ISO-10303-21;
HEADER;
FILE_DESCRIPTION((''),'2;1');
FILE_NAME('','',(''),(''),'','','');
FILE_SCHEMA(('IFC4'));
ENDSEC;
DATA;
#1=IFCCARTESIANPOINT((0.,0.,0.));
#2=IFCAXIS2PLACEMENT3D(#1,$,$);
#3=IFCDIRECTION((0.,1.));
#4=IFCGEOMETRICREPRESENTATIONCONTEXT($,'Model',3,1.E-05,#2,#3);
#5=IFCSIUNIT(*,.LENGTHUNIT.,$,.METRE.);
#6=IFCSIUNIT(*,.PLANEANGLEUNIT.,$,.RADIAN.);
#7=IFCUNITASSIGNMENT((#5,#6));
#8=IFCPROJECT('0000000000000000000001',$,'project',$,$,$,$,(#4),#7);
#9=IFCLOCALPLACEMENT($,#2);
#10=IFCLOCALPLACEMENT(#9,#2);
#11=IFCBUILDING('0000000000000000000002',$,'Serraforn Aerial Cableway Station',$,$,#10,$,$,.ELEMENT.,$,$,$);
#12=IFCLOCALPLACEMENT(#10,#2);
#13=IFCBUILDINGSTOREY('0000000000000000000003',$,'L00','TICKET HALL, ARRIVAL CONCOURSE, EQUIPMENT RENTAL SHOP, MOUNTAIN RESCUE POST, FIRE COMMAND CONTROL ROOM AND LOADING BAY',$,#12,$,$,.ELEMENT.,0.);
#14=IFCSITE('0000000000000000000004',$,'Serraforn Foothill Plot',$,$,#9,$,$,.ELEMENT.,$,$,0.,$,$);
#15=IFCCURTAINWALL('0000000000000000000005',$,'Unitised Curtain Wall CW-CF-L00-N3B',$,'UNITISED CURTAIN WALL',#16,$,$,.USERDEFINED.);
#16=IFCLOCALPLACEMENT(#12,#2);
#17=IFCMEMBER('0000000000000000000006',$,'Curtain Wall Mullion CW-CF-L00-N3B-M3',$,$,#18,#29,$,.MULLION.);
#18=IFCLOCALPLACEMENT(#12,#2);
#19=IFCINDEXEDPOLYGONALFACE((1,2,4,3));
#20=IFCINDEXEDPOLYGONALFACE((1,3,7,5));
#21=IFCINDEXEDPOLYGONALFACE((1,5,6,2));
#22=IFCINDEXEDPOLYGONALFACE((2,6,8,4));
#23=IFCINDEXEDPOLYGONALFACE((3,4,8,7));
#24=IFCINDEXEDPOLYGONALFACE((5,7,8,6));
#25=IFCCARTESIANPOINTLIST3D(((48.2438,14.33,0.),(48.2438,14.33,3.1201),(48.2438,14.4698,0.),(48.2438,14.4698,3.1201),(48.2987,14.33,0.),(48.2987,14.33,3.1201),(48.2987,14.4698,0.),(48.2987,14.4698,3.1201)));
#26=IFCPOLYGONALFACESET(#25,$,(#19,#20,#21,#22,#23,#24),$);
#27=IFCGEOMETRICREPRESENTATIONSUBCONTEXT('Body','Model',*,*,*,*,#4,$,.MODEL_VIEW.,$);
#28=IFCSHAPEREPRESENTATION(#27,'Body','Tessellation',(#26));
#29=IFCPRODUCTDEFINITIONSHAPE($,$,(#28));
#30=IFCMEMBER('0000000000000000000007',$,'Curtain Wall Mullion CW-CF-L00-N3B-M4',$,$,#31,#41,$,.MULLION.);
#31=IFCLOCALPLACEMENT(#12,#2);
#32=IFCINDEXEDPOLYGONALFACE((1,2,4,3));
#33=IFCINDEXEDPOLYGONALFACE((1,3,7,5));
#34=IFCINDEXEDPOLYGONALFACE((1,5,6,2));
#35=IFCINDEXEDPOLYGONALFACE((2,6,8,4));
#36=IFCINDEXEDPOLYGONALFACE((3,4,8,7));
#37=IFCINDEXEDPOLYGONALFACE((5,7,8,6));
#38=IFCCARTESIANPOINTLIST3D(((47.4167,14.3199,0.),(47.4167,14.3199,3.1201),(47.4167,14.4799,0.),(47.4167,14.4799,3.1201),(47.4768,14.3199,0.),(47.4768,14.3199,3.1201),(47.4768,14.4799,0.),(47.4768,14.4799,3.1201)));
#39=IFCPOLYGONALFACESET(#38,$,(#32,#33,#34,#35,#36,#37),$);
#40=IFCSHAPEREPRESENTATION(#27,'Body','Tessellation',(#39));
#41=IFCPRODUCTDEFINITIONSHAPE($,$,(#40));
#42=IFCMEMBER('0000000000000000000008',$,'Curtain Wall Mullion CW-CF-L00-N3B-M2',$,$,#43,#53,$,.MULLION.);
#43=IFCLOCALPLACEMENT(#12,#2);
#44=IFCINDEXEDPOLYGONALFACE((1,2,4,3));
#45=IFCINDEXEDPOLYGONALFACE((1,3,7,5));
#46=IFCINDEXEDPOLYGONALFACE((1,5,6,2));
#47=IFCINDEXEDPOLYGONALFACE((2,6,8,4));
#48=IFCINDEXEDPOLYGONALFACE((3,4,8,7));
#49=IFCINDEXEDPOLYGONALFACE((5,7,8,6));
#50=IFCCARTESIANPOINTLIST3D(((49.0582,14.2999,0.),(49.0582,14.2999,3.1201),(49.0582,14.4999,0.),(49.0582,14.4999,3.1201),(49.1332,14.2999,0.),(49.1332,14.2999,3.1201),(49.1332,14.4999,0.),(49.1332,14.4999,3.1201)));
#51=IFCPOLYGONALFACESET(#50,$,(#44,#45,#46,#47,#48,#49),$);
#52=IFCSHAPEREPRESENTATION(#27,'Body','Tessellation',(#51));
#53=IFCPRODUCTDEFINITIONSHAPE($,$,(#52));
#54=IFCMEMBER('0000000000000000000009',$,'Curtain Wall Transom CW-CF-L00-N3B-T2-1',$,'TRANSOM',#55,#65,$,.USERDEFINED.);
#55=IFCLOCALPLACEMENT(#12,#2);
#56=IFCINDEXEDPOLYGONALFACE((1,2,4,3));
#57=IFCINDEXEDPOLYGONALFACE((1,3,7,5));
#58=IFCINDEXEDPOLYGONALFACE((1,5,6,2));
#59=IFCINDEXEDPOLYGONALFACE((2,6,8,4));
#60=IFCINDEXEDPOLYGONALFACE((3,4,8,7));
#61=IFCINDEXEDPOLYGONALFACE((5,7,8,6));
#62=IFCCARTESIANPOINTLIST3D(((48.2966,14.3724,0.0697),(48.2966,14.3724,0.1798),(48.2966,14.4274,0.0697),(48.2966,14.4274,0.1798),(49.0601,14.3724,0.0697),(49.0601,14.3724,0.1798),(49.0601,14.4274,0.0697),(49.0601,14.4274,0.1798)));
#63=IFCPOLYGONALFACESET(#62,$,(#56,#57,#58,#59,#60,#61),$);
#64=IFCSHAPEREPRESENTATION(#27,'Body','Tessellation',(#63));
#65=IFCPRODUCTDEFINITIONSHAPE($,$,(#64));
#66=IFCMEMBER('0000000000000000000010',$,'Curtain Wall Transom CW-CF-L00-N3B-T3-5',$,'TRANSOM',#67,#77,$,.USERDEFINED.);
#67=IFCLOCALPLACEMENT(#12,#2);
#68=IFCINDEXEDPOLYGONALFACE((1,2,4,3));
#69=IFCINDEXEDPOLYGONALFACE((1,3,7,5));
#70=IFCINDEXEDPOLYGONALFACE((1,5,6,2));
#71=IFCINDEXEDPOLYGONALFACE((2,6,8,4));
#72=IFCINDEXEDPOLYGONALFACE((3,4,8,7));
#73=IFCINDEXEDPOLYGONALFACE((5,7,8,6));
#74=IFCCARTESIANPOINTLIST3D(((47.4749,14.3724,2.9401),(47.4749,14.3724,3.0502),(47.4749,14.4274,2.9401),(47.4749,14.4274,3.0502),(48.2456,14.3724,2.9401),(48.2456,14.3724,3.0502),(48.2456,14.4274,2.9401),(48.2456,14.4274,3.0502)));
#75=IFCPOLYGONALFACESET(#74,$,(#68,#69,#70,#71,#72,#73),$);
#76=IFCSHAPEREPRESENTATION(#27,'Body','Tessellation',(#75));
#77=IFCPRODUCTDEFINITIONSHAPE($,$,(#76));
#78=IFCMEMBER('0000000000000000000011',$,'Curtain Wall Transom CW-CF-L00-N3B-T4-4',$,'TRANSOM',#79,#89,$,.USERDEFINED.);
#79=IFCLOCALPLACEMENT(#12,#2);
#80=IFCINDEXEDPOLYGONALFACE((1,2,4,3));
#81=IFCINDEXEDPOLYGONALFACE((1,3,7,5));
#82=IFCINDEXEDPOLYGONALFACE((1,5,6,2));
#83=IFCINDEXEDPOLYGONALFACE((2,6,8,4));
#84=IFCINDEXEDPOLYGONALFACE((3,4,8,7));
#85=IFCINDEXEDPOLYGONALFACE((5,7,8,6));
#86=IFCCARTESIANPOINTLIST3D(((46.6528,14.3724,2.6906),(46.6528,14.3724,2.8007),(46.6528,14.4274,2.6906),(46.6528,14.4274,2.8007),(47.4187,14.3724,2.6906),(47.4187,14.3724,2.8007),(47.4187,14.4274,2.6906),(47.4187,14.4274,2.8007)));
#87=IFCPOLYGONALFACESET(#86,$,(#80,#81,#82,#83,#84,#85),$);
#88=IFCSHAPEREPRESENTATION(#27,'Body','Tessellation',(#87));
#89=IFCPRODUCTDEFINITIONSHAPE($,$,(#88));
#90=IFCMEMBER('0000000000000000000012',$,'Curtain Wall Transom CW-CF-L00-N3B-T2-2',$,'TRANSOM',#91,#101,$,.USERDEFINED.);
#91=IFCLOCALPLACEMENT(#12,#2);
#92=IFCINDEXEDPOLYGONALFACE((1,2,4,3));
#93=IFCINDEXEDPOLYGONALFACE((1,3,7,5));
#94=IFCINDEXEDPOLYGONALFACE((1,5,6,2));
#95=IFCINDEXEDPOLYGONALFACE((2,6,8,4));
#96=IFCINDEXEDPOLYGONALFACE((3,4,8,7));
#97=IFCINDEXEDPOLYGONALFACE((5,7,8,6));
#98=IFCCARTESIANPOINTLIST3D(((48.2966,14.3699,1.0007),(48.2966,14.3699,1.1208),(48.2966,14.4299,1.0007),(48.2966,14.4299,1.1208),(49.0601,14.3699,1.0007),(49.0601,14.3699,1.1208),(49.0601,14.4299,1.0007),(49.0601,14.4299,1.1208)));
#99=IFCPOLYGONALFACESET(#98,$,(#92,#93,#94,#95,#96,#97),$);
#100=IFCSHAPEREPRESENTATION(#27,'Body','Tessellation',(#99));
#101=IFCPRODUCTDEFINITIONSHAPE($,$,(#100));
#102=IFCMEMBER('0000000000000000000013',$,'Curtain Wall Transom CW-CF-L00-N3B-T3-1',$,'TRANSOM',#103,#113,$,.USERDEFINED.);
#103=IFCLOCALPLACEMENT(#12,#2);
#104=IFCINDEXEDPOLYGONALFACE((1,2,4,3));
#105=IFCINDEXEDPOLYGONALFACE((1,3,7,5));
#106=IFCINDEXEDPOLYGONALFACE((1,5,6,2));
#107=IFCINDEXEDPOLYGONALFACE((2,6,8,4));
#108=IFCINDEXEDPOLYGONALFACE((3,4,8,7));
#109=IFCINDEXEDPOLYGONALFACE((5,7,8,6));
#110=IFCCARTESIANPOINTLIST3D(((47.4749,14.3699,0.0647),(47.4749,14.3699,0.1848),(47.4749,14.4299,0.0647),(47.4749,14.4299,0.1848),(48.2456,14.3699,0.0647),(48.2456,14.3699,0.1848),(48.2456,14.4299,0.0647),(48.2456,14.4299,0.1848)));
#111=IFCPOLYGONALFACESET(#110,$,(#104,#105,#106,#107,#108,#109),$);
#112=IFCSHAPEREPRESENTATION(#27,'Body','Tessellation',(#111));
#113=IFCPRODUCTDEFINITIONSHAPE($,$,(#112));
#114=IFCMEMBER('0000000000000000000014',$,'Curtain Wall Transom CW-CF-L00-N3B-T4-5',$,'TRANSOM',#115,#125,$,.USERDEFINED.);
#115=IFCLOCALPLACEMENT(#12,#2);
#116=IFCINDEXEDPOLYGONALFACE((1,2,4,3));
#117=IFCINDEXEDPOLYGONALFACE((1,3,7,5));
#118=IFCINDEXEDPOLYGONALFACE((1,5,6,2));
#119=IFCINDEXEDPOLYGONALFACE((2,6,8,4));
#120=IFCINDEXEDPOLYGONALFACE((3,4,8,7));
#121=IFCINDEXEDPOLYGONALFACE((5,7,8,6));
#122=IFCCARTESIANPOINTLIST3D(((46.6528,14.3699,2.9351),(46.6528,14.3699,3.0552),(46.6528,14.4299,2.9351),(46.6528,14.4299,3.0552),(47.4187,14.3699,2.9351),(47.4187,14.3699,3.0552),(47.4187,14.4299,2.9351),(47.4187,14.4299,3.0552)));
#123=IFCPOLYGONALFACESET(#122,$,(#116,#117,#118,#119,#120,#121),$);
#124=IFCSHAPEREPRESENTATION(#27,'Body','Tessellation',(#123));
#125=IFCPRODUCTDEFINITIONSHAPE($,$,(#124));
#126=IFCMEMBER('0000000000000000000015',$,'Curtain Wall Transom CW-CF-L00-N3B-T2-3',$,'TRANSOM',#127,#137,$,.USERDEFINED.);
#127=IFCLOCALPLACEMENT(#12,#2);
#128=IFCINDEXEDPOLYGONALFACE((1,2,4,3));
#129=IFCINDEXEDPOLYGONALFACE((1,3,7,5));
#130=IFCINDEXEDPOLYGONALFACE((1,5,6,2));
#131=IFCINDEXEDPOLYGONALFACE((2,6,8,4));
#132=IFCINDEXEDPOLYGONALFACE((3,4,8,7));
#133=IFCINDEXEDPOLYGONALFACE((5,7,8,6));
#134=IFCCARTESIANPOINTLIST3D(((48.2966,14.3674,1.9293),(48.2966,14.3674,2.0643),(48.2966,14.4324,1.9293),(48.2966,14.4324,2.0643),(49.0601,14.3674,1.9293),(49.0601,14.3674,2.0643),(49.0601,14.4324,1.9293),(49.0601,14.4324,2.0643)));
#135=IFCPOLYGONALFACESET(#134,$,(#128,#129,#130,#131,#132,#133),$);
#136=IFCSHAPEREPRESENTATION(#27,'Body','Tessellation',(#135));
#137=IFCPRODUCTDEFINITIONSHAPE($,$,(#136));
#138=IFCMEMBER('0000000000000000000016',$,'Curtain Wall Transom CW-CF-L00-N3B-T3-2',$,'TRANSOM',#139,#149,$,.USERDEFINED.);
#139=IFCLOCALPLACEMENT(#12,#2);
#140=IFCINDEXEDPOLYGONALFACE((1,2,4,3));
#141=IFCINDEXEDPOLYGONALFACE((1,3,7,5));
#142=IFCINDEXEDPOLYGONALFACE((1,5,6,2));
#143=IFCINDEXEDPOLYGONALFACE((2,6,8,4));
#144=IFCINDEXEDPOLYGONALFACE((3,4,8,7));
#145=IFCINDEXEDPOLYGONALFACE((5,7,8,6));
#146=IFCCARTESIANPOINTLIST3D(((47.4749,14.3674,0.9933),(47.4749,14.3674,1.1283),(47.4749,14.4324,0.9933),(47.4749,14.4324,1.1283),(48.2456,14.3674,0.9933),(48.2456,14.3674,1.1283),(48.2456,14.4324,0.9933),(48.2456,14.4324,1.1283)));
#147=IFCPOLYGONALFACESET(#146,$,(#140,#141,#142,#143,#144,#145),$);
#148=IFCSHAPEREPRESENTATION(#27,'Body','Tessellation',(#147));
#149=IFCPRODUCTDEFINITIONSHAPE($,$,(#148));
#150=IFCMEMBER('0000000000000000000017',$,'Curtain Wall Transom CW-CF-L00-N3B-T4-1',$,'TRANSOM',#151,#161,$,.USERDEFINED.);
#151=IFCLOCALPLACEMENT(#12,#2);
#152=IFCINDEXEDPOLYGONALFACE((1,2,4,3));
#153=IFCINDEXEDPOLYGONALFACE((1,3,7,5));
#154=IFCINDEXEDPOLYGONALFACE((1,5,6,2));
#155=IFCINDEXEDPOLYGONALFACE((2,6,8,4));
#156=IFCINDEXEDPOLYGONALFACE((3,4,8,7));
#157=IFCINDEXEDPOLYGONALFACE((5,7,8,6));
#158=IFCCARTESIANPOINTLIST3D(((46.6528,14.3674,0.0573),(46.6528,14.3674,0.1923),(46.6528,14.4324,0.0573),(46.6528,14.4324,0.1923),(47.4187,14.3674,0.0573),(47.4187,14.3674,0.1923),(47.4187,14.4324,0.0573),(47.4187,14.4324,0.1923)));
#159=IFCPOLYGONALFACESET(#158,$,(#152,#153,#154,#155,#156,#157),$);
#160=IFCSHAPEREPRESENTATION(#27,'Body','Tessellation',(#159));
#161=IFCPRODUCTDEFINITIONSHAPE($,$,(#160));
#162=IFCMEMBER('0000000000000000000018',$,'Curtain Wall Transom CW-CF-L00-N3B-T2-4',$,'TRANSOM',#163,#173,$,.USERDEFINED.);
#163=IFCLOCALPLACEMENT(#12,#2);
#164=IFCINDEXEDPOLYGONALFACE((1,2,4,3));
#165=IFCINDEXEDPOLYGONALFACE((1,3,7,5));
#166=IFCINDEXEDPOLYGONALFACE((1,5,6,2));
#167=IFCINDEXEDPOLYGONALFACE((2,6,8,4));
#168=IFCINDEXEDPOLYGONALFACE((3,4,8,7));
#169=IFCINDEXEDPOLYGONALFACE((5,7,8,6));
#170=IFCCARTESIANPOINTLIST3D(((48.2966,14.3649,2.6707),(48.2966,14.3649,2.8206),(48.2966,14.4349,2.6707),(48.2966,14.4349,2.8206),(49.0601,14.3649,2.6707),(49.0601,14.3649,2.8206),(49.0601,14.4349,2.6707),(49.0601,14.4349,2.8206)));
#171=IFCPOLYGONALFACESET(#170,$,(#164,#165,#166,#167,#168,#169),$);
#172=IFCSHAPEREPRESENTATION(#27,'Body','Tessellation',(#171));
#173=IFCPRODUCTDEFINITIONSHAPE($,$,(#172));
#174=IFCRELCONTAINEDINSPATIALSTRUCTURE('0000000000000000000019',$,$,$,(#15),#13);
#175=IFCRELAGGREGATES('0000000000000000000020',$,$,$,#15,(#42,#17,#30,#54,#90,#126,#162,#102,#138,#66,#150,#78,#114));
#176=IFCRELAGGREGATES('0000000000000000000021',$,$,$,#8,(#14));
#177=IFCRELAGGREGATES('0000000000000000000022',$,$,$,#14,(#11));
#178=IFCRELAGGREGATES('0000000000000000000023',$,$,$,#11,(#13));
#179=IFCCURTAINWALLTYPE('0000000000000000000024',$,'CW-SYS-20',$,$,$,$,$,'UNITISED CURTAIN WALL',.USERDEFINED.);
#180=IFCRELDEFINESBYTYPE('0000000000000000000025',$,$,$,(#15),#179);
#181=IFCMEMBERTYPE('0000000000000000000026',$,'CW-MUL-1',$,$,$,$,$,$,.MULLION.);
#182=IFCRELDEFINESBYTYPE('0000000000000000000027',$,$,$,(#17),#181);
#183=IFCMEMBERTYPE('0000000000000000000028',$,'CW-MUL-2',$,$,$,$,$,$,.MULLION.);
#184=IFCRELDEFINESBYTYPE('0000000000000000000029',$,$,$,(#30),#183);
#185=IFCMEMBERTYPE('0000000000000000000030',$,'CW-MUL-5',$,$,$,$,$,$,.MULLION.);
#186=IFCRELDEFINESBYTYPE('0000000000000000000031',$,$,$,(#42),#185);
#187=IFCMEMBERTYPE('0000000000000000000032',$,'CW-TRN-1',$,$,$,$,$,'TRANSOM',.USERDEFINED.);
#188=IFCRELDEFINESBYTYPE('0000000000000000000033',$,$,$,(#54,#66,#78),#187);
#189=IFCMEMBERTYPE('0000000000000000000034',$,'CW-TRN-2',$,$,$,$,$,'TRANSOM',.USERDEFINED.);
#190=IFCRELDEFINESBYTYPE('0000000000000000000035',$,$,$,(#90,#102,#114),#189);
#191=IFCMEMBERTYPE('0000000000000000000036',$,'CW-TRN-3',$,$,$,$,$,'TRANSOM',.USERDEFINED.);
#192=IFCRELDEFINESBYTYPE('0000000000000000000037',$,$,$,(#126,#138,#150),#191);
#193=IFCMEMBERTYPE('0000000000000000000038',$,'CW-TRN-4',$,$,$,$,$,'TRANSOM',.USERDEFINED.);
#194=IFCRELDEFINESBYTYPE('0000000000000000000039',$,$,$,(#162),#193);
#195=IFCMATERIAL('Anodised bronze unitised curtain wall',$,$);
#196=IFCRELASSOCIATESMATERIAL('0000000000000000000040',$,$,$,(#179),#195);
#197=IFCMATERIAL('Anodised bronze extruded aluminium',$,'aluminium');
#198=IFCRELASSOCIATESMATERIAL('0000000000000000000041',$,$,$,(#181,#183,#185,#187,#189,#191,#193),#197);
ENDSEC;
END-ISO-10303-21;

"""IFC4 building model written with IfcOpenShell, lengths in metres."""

from ifc_helpers import new_model, si_unit, direction, frame, origin, origin_2d, place, context, subcontext, project, spatial, rectangle, extrude, material, material_profile, profile_set, type_object, element, aggregate, save


model = new_model("IFC4")

# Units and contexts
model_context = context("Model", 3, precision=1e-05, world=origin(), true_north=direction((0.0, 1.0)))
body_context = subcontext(model_context, "Body", "Model", "MODEL_VIEW")
ifc_project = project(units=[si_unit("LENGTHUNIT", "METRE"), si_unit("PLANEANGLEUNIT", "RADIAN")], contexts=[model_context])

# Site, building, storey
site_placement = place(None, origin())
site = spatial("IfcSite", under=ifc_project, at=site_placement, Name="Serraforn Foothill Plot", CompositionType="ELEMENT", RefElevation=0.0)
building_placement = place(site_placement, origin())
building = spatial("IfcBuilding", under=site, at=building_placement, Name="Serraforn Aerial Cableway Station", CompositionType="ELEMENT")
storey_placement = place(building_placement, origin())
storey = spatial("IfcBuildingStorey", under=building, at=storey_placement, Name="L00", Description="TICKET HALL, ARRIVAL CONCOURSE, EQUIPMENT RENTAL SHOP, MOUNTAIN RESCUE POST, FIRE COMMAND CONTROL ROOM AND LOADING BAY", CompositionType="ELEMENT", Elevation=0.0)

# Curtain wall, members
ifc_material_1 = material(Name="Anodised bronze unitised curtain wall")
curtain_wall_type = type_object("IfcCurtainWallType", Name="CW-SYS-20", ElementType="UNITISED CURTAIN WALL", PredefinedType="USERDEFINED", material=ifc_material_1)
curtain_wall_placement = place(storey_placement, origin())
curtain_wall = element("IfcCurtainWall", 1, at=curtain_wall_placement, inside=storey, type_object=curtain_wall_type, Name="Unitised Curtain Wall CW-CF-L00-N3B", ObjectType="UNITISED CURTAIN WALL", PredefinedType="USERDEFINED")
ifc_material_2 = material(Name="Anodised bronze extruded aluminium", Category="aluminium")
ifc_material_profile_1 = material_profile(ifc_material_2, rectangle(XDim=0.0549, YDim=0.1399, at=origin_2d()), Name="CW MULLION 55x140")
ifc_profile_set_1 = profile_set([ifc_material_profile_1], Name="Anodised bronze extruded aluminium")
member_type_1 = type_object("IfcMemberType", Name="CW-MUL-1", PredefinedType="MULLION", material=ifc_profile_set_1)
member_1_placement = place(storey_placement, frame((48.2712, 14.3999, 0.0), z_axis=(0.0, 0.0, 1.0), x_axis=(-1.0, 0.0, 0.0)))
member_1 = element("IfcMember", 2, at=member_1_placement, type_object=member_type_1, Name="Curtain Wall Mullion CW-CF-L00-N3B-M3", PredefinedType="MULLION", context=body_context, shape_type="SweptSolid", body=[
    extrude(rectangle(XDim=0.0549, YDim=0.1399, at=origin_2d()), origin(), (0.0, 0.0, 1.0), 3.1201),
])
ifc_material_profile_2 = material_profile(ifc_material_2, rectangle(XDim=0.0601, YDim=0.1599, at=origin_2d()), Name="CW MULLION 60x160")
ifc_profile_set_2 = profile_set([ifc_material_profile_2], Name="Anodised bronze extruded aluminium")
member_type_2 = type_object("IfcMemberType", Name="CW-MUL-2", PredefinedType="MULLION", material=ifc_profile_set_2)
member_2_placement = place(storey_placement, frame((47.4468, 14.3999, 0.0), z_axis=(0.0, 0.0, 1.0), x_axis=(-1.0, 0.0, 0.0)))
member_2 = element("IfcMember", 3, at=member_2_placement, type_object=member_type_2, Name="Curtain Wall Mullion CW-CF-L00-N3B-M4", PredefinedType="MULLION", context=body_context, shape_type="SweptSolid", body=[
    extrude(rectangle(XDim=0.0601, YDim=0.1599, at=origin_2d()), origin(), (0.0, 0.0, 1.0), 3.1201),
])
ifc_material_profile_3 = material_profile(ifc_material_2, rectangle(XDim=0.075, YDim=0.2, at=origin_2d()), Name="CW MULLION 75x200")
ifc_profile_set_3 = profile_set([ifc_material_profile_3], Name="Anodised bronze extruded aluminium")
member_type_3 = type_object("IfcMemberType", Name="CW-MUL-5", PredefinedType="MULLION", material=ifc_profile_set_3)
member_3_placement = place(storey_placement, frame((49.0957, 14.3999, 0.0), z_axis=(0.0, 0.0, 1.0), x_axis=(-1.0, 0.0, 0.0)))
member_3 = element("IfcMember", 4, at=member_3_placement, type_object=member_type_3, Name="Curtain Wall Mullion CW-CF-L00-N3B-M2", PredefinedType="MULLION", context=body_context, shape_type="SweptSolid", body=[
    extrude(rectangle(XDim=0.075, YDim=0.2, at=origin_2d()), origin(), (0.0, 0.0, 1.0), 3.1201),
])
ifc_material_profile_4 = material_profile(ifc_material_2, rectangle(XDim=0.0549, YDim=0.1101, at=origin_2d()), Name="CW TRANSOM 55x110")
ifc_profile_set_4 = profile_set([ifc_material_profile_4], Name="Anodised bronze extruded aluminium")
member_type_4 = type_object("IfcMemberType", Name="CW-TRN-1", ElementType="TRANSOM", PredefinedType="USERDEFINED", material=ifc_profile_set_4)
member_4_placement = place(storey_placement, frame((49.0601, 14.3999, 0.1248), z_axis=(-1.0, 0.0, 0.0), x_axis=(0.0, -1.0, 0.0)))
member_4 = element("IfcMember", 5, at=member_4_placement, type_object=member_type_4, Name="Curtain Wall Transom CW-CF-L00-N3B-T2-1", ObjectType="TRANSOM", PredefinedType="USERDEFINED", context=body_context, shape_type="SweptSolid", body=[
    extrude(rectangle(XDim=0.0549, YDim=0.1101, at=origin_2d()), origin(), (0.0, 0.0, 1.0), 0.7634),
])
member_5_placement = place(storey_placement, frame((48.2456, 14.3999, 2.9951), z_axis=(-1.0, 0.0, 0.0), x_axis=(0.0, -1.0, 0.0)))
member_5 = element("IfcMember", 6, at=member_5_placement, type_object=member_type_4, Name="Curtain Wall Transom CW-CF-L00-N3B-T3-5", ObjectType="TRANSOM", PredefinedType="USERDEFINED", context=body_context, shape_type="SweptSolid", body=[
    extrude(rectangle(XDim=0.0549, YDim=0.1101, at=origin_2d()), origin(), (0.0, 0.0, 1.0), 0.7708),
])
member_6_placement = place(storey_placement, frame((47.4187, 14.3999, 2.7456), z_axis=(-1.0, 0.0, 0.0), x_axis=(0.0, -1.0, 0.0)))
member_6 = element("IfcMember", 7, at=member_6_placement, type_object=member_type_4, Name="Curtain Wall Transom CW-CF-L00-N3B-T4-4", ObjectType="TRANSOM", PredefinedType="USERDEFINED", context=body_context, shape_type="SweptSolid", body=[
    extrude(rectangle(XDim=0.0549, YDim=0.1101, at=origin_2d()), origin(), (0.0, 0.0, 1.0), 0.7659),
])
ifc_material_profile_5 = material_profile(ifc_material_2, rectangle(XDim=0.0601, YDim=0.1201, at=origin_2d()), Name="CW TRANSOM 60x120")
ifc_profile_set_5 = profile_set([ifc_material_profile_5], Name="Anodised bronze extruded aluminium")
member_type_5 = type_object("IfcMemberType", Name="CW-TRN-2", ElementType="TRANSOM", PredefinedType="USERDEFINED", material=ifc_profile_set_5)
member_7_placement = place(storey_placement, frame((49.0601, 14.3999, 1.0608), z_axis=(-1.0, 0.0, 0.0), x_axis=(0.0, -1.0, 0.0)))
member_7 = element("IfcMember", 8, at=member_7_placement, type_object=member_type_5, Name="Curtain Wall Transom CW-CF-L00-N3B-T2-2", ObjectType="TRANSOM", PredefinedType="USERDEFINED", context=body_context, shape_type="SweptSolid", body=[
    extrude(rectangle(XDim=0.0601, YDim=0.1201, at=origin_2d()), origin(), (0.0, 0.0, 1.0), 0.7634),
])
member_8_placement = place(storey_placement, frame((48.2456, 14.3999, 0.1248), z_axis=(-1.0, 0.0, 0.0), x_axis=(0.0, -1.0, 0.0)))
member_8 = element("IfcMember", 9, at=member_8_placement, type_object=member_type_5, Name="Curtain Wall Transom CW-CF-L00-N3B-T3-1", ObjectType="TRANSOM", PredefinedType="USERDEFINED", context=body_context, shape_type="SweptSolid", body=[
    extrude(rectangle(XDim=0.0601, YDim=0.1201, at=origin_2d()), origin(), (0.0, 0.0, 1.0), 0.7708),
])
member_9_placement = place(storey_placement, frame((47.4187, 14.3999, 2.9951), z_axis=(-1.0, 0.0, 0.0), x_axis=(0.0, -1.0, 0.0)))
member_9 = element("IfcMember", 10, at=member_9_placement, type_object=member_type_5, Name="Curtain Wall Transom CW-CF-L00-N3B-T4-5", ObjectType="TRANSOM", PredefinedType="USERDEFINED", context=body_context, shape_type="SweptSolid", body=[
    extrude(rectangle(XDim=0.0601, YDim=0.1201, at=origin_2d()), origin(), (0.0, 0.0, 1.0), 0.7659),
])
ifc_material_profile_6 = material_profile(ifc_material_2, rectangle(XDim=0.0649, YDim=0.135, at=origin_2d()), Name="CW TRANSOM 65x135")
ifc_profile_set_6 = profile_set([ifc_material_profile_6], Name="Anodised bronze extruded aluminium")
member_type_6 = type_object("IfcMemberType", Name="CW-TRN-3", ElementType="TRANSOM", PredefinedType="USERDEFINED", material=ifc_profile_set_6)
member_10_placement = place(storey_placement, frame((49.0601, 14.3999, 1.9968), z_axis=(-1.0, 0.0, 0.0), x_axis=(0.0, -1.0, 0.0)))
member_10 = element("IfcMember", 11, at=member_10_placement, type_object=member_type_6, Name="Curtain Wall Transom CW-CF-L00-N3B-T2-3", ObjectType="TRANSOM", PredefinedType="USERDEFINED", context=body_context, shape_type="SweptSolid", body=[
    extrude(rectangle(XDim=0.0649, YDim=0.135, at=origin_2d()), origin(), (0.0, 0.0, 1.0), 0.7634),
])
member_11_placement = place(storey_placement, frame((48.2456, 14.3999, 1.0608), z_axis=(-1.0, 0.0, 0.0), x_axis=(0.0, -1.0, 0.0)))
member_11 = element("IfcMember", 12, at=member_11_placement, type_object=member_type_6, Name="Curtain Wall Transom CW-CF-L00-N3B-T3-2", ObjectType="TRANSOM", PredefinedType="USERDEFINED", context=body_context, shape_type="SweptSolid", body=[
    extrude(rectangle(XDim=0.0649, YDim=0.135, at=origin_2d()), origin(), (0.0, 0.0, 1.0), 0.7708),
])
member_12_placement = place(storey_placement, frame((47.4187, 14.3999, 0.1248), z_axis=(-1.0, 0.0, 0.0), x_axis=(0.0, -1.0, 0.0)))
member_12 = element("IfcMember", 13, at=member_12_placement, type_object=member_type_6, Name="Curtain Wall Transom CW-CF-L00-N3B-T4-1", ObjectType="TRANSOM", PredefinedType="USERDEFINED", context=body_context, shape_type="SweptSolid", body=[
    extrude(rectangle(XDim=0.0649, YDim=0.135, at=origin_2d()), origin(), (0.0, 0.0, 1.0), 0.7659),
])
ifc_material_profile_7 = material_profile(ifc_material_2, rectangle(XDim=0.0701, YDim=0.1499, at=origin_2d()), Name="CW TRANSOM 70x150")
ifc_profile_set_7 = profile_set([ifc_material_profile_7], Name="Anodised bronze extruded aluminium")
member_type_7 = type_object("IfcMemberType", Name="CW-TRN-4", ElementType="TRANSOM", PredefinedType="USERDEFINED", material=ifc_profile_set_7)
member_13_placement = place(storey_placement, frame((49.0601, 14.3999, 2.7456), z_axis=(-1.0, 0.0, 0.0), x_axis=(0.0, -1.0, 0.0)))
member_13 = element("IfcMember", 14, at=member_13_placement, type_object=member_type_7, Name="Curtain Wall Transom CW-CF-L00-N3B-T2-4", ObjectType="TRANSOM", PredefinedType="USERDEFINED", context=body_context, shape_type="SweptSolid", body=[
    extrude(rectangle(XDim=0.0701, YDim=0.1499, at=origin_2d()), origin(), (0.0, 0.0, 1.0), 0.7634),
])
aggregate(curtain_wall, [member_3, member_1, member_2, member_4, member_7, member_10, member_13, member_8, member_11, member_5, member_12, member_6, member_9])

save(model, "model.ifc")
